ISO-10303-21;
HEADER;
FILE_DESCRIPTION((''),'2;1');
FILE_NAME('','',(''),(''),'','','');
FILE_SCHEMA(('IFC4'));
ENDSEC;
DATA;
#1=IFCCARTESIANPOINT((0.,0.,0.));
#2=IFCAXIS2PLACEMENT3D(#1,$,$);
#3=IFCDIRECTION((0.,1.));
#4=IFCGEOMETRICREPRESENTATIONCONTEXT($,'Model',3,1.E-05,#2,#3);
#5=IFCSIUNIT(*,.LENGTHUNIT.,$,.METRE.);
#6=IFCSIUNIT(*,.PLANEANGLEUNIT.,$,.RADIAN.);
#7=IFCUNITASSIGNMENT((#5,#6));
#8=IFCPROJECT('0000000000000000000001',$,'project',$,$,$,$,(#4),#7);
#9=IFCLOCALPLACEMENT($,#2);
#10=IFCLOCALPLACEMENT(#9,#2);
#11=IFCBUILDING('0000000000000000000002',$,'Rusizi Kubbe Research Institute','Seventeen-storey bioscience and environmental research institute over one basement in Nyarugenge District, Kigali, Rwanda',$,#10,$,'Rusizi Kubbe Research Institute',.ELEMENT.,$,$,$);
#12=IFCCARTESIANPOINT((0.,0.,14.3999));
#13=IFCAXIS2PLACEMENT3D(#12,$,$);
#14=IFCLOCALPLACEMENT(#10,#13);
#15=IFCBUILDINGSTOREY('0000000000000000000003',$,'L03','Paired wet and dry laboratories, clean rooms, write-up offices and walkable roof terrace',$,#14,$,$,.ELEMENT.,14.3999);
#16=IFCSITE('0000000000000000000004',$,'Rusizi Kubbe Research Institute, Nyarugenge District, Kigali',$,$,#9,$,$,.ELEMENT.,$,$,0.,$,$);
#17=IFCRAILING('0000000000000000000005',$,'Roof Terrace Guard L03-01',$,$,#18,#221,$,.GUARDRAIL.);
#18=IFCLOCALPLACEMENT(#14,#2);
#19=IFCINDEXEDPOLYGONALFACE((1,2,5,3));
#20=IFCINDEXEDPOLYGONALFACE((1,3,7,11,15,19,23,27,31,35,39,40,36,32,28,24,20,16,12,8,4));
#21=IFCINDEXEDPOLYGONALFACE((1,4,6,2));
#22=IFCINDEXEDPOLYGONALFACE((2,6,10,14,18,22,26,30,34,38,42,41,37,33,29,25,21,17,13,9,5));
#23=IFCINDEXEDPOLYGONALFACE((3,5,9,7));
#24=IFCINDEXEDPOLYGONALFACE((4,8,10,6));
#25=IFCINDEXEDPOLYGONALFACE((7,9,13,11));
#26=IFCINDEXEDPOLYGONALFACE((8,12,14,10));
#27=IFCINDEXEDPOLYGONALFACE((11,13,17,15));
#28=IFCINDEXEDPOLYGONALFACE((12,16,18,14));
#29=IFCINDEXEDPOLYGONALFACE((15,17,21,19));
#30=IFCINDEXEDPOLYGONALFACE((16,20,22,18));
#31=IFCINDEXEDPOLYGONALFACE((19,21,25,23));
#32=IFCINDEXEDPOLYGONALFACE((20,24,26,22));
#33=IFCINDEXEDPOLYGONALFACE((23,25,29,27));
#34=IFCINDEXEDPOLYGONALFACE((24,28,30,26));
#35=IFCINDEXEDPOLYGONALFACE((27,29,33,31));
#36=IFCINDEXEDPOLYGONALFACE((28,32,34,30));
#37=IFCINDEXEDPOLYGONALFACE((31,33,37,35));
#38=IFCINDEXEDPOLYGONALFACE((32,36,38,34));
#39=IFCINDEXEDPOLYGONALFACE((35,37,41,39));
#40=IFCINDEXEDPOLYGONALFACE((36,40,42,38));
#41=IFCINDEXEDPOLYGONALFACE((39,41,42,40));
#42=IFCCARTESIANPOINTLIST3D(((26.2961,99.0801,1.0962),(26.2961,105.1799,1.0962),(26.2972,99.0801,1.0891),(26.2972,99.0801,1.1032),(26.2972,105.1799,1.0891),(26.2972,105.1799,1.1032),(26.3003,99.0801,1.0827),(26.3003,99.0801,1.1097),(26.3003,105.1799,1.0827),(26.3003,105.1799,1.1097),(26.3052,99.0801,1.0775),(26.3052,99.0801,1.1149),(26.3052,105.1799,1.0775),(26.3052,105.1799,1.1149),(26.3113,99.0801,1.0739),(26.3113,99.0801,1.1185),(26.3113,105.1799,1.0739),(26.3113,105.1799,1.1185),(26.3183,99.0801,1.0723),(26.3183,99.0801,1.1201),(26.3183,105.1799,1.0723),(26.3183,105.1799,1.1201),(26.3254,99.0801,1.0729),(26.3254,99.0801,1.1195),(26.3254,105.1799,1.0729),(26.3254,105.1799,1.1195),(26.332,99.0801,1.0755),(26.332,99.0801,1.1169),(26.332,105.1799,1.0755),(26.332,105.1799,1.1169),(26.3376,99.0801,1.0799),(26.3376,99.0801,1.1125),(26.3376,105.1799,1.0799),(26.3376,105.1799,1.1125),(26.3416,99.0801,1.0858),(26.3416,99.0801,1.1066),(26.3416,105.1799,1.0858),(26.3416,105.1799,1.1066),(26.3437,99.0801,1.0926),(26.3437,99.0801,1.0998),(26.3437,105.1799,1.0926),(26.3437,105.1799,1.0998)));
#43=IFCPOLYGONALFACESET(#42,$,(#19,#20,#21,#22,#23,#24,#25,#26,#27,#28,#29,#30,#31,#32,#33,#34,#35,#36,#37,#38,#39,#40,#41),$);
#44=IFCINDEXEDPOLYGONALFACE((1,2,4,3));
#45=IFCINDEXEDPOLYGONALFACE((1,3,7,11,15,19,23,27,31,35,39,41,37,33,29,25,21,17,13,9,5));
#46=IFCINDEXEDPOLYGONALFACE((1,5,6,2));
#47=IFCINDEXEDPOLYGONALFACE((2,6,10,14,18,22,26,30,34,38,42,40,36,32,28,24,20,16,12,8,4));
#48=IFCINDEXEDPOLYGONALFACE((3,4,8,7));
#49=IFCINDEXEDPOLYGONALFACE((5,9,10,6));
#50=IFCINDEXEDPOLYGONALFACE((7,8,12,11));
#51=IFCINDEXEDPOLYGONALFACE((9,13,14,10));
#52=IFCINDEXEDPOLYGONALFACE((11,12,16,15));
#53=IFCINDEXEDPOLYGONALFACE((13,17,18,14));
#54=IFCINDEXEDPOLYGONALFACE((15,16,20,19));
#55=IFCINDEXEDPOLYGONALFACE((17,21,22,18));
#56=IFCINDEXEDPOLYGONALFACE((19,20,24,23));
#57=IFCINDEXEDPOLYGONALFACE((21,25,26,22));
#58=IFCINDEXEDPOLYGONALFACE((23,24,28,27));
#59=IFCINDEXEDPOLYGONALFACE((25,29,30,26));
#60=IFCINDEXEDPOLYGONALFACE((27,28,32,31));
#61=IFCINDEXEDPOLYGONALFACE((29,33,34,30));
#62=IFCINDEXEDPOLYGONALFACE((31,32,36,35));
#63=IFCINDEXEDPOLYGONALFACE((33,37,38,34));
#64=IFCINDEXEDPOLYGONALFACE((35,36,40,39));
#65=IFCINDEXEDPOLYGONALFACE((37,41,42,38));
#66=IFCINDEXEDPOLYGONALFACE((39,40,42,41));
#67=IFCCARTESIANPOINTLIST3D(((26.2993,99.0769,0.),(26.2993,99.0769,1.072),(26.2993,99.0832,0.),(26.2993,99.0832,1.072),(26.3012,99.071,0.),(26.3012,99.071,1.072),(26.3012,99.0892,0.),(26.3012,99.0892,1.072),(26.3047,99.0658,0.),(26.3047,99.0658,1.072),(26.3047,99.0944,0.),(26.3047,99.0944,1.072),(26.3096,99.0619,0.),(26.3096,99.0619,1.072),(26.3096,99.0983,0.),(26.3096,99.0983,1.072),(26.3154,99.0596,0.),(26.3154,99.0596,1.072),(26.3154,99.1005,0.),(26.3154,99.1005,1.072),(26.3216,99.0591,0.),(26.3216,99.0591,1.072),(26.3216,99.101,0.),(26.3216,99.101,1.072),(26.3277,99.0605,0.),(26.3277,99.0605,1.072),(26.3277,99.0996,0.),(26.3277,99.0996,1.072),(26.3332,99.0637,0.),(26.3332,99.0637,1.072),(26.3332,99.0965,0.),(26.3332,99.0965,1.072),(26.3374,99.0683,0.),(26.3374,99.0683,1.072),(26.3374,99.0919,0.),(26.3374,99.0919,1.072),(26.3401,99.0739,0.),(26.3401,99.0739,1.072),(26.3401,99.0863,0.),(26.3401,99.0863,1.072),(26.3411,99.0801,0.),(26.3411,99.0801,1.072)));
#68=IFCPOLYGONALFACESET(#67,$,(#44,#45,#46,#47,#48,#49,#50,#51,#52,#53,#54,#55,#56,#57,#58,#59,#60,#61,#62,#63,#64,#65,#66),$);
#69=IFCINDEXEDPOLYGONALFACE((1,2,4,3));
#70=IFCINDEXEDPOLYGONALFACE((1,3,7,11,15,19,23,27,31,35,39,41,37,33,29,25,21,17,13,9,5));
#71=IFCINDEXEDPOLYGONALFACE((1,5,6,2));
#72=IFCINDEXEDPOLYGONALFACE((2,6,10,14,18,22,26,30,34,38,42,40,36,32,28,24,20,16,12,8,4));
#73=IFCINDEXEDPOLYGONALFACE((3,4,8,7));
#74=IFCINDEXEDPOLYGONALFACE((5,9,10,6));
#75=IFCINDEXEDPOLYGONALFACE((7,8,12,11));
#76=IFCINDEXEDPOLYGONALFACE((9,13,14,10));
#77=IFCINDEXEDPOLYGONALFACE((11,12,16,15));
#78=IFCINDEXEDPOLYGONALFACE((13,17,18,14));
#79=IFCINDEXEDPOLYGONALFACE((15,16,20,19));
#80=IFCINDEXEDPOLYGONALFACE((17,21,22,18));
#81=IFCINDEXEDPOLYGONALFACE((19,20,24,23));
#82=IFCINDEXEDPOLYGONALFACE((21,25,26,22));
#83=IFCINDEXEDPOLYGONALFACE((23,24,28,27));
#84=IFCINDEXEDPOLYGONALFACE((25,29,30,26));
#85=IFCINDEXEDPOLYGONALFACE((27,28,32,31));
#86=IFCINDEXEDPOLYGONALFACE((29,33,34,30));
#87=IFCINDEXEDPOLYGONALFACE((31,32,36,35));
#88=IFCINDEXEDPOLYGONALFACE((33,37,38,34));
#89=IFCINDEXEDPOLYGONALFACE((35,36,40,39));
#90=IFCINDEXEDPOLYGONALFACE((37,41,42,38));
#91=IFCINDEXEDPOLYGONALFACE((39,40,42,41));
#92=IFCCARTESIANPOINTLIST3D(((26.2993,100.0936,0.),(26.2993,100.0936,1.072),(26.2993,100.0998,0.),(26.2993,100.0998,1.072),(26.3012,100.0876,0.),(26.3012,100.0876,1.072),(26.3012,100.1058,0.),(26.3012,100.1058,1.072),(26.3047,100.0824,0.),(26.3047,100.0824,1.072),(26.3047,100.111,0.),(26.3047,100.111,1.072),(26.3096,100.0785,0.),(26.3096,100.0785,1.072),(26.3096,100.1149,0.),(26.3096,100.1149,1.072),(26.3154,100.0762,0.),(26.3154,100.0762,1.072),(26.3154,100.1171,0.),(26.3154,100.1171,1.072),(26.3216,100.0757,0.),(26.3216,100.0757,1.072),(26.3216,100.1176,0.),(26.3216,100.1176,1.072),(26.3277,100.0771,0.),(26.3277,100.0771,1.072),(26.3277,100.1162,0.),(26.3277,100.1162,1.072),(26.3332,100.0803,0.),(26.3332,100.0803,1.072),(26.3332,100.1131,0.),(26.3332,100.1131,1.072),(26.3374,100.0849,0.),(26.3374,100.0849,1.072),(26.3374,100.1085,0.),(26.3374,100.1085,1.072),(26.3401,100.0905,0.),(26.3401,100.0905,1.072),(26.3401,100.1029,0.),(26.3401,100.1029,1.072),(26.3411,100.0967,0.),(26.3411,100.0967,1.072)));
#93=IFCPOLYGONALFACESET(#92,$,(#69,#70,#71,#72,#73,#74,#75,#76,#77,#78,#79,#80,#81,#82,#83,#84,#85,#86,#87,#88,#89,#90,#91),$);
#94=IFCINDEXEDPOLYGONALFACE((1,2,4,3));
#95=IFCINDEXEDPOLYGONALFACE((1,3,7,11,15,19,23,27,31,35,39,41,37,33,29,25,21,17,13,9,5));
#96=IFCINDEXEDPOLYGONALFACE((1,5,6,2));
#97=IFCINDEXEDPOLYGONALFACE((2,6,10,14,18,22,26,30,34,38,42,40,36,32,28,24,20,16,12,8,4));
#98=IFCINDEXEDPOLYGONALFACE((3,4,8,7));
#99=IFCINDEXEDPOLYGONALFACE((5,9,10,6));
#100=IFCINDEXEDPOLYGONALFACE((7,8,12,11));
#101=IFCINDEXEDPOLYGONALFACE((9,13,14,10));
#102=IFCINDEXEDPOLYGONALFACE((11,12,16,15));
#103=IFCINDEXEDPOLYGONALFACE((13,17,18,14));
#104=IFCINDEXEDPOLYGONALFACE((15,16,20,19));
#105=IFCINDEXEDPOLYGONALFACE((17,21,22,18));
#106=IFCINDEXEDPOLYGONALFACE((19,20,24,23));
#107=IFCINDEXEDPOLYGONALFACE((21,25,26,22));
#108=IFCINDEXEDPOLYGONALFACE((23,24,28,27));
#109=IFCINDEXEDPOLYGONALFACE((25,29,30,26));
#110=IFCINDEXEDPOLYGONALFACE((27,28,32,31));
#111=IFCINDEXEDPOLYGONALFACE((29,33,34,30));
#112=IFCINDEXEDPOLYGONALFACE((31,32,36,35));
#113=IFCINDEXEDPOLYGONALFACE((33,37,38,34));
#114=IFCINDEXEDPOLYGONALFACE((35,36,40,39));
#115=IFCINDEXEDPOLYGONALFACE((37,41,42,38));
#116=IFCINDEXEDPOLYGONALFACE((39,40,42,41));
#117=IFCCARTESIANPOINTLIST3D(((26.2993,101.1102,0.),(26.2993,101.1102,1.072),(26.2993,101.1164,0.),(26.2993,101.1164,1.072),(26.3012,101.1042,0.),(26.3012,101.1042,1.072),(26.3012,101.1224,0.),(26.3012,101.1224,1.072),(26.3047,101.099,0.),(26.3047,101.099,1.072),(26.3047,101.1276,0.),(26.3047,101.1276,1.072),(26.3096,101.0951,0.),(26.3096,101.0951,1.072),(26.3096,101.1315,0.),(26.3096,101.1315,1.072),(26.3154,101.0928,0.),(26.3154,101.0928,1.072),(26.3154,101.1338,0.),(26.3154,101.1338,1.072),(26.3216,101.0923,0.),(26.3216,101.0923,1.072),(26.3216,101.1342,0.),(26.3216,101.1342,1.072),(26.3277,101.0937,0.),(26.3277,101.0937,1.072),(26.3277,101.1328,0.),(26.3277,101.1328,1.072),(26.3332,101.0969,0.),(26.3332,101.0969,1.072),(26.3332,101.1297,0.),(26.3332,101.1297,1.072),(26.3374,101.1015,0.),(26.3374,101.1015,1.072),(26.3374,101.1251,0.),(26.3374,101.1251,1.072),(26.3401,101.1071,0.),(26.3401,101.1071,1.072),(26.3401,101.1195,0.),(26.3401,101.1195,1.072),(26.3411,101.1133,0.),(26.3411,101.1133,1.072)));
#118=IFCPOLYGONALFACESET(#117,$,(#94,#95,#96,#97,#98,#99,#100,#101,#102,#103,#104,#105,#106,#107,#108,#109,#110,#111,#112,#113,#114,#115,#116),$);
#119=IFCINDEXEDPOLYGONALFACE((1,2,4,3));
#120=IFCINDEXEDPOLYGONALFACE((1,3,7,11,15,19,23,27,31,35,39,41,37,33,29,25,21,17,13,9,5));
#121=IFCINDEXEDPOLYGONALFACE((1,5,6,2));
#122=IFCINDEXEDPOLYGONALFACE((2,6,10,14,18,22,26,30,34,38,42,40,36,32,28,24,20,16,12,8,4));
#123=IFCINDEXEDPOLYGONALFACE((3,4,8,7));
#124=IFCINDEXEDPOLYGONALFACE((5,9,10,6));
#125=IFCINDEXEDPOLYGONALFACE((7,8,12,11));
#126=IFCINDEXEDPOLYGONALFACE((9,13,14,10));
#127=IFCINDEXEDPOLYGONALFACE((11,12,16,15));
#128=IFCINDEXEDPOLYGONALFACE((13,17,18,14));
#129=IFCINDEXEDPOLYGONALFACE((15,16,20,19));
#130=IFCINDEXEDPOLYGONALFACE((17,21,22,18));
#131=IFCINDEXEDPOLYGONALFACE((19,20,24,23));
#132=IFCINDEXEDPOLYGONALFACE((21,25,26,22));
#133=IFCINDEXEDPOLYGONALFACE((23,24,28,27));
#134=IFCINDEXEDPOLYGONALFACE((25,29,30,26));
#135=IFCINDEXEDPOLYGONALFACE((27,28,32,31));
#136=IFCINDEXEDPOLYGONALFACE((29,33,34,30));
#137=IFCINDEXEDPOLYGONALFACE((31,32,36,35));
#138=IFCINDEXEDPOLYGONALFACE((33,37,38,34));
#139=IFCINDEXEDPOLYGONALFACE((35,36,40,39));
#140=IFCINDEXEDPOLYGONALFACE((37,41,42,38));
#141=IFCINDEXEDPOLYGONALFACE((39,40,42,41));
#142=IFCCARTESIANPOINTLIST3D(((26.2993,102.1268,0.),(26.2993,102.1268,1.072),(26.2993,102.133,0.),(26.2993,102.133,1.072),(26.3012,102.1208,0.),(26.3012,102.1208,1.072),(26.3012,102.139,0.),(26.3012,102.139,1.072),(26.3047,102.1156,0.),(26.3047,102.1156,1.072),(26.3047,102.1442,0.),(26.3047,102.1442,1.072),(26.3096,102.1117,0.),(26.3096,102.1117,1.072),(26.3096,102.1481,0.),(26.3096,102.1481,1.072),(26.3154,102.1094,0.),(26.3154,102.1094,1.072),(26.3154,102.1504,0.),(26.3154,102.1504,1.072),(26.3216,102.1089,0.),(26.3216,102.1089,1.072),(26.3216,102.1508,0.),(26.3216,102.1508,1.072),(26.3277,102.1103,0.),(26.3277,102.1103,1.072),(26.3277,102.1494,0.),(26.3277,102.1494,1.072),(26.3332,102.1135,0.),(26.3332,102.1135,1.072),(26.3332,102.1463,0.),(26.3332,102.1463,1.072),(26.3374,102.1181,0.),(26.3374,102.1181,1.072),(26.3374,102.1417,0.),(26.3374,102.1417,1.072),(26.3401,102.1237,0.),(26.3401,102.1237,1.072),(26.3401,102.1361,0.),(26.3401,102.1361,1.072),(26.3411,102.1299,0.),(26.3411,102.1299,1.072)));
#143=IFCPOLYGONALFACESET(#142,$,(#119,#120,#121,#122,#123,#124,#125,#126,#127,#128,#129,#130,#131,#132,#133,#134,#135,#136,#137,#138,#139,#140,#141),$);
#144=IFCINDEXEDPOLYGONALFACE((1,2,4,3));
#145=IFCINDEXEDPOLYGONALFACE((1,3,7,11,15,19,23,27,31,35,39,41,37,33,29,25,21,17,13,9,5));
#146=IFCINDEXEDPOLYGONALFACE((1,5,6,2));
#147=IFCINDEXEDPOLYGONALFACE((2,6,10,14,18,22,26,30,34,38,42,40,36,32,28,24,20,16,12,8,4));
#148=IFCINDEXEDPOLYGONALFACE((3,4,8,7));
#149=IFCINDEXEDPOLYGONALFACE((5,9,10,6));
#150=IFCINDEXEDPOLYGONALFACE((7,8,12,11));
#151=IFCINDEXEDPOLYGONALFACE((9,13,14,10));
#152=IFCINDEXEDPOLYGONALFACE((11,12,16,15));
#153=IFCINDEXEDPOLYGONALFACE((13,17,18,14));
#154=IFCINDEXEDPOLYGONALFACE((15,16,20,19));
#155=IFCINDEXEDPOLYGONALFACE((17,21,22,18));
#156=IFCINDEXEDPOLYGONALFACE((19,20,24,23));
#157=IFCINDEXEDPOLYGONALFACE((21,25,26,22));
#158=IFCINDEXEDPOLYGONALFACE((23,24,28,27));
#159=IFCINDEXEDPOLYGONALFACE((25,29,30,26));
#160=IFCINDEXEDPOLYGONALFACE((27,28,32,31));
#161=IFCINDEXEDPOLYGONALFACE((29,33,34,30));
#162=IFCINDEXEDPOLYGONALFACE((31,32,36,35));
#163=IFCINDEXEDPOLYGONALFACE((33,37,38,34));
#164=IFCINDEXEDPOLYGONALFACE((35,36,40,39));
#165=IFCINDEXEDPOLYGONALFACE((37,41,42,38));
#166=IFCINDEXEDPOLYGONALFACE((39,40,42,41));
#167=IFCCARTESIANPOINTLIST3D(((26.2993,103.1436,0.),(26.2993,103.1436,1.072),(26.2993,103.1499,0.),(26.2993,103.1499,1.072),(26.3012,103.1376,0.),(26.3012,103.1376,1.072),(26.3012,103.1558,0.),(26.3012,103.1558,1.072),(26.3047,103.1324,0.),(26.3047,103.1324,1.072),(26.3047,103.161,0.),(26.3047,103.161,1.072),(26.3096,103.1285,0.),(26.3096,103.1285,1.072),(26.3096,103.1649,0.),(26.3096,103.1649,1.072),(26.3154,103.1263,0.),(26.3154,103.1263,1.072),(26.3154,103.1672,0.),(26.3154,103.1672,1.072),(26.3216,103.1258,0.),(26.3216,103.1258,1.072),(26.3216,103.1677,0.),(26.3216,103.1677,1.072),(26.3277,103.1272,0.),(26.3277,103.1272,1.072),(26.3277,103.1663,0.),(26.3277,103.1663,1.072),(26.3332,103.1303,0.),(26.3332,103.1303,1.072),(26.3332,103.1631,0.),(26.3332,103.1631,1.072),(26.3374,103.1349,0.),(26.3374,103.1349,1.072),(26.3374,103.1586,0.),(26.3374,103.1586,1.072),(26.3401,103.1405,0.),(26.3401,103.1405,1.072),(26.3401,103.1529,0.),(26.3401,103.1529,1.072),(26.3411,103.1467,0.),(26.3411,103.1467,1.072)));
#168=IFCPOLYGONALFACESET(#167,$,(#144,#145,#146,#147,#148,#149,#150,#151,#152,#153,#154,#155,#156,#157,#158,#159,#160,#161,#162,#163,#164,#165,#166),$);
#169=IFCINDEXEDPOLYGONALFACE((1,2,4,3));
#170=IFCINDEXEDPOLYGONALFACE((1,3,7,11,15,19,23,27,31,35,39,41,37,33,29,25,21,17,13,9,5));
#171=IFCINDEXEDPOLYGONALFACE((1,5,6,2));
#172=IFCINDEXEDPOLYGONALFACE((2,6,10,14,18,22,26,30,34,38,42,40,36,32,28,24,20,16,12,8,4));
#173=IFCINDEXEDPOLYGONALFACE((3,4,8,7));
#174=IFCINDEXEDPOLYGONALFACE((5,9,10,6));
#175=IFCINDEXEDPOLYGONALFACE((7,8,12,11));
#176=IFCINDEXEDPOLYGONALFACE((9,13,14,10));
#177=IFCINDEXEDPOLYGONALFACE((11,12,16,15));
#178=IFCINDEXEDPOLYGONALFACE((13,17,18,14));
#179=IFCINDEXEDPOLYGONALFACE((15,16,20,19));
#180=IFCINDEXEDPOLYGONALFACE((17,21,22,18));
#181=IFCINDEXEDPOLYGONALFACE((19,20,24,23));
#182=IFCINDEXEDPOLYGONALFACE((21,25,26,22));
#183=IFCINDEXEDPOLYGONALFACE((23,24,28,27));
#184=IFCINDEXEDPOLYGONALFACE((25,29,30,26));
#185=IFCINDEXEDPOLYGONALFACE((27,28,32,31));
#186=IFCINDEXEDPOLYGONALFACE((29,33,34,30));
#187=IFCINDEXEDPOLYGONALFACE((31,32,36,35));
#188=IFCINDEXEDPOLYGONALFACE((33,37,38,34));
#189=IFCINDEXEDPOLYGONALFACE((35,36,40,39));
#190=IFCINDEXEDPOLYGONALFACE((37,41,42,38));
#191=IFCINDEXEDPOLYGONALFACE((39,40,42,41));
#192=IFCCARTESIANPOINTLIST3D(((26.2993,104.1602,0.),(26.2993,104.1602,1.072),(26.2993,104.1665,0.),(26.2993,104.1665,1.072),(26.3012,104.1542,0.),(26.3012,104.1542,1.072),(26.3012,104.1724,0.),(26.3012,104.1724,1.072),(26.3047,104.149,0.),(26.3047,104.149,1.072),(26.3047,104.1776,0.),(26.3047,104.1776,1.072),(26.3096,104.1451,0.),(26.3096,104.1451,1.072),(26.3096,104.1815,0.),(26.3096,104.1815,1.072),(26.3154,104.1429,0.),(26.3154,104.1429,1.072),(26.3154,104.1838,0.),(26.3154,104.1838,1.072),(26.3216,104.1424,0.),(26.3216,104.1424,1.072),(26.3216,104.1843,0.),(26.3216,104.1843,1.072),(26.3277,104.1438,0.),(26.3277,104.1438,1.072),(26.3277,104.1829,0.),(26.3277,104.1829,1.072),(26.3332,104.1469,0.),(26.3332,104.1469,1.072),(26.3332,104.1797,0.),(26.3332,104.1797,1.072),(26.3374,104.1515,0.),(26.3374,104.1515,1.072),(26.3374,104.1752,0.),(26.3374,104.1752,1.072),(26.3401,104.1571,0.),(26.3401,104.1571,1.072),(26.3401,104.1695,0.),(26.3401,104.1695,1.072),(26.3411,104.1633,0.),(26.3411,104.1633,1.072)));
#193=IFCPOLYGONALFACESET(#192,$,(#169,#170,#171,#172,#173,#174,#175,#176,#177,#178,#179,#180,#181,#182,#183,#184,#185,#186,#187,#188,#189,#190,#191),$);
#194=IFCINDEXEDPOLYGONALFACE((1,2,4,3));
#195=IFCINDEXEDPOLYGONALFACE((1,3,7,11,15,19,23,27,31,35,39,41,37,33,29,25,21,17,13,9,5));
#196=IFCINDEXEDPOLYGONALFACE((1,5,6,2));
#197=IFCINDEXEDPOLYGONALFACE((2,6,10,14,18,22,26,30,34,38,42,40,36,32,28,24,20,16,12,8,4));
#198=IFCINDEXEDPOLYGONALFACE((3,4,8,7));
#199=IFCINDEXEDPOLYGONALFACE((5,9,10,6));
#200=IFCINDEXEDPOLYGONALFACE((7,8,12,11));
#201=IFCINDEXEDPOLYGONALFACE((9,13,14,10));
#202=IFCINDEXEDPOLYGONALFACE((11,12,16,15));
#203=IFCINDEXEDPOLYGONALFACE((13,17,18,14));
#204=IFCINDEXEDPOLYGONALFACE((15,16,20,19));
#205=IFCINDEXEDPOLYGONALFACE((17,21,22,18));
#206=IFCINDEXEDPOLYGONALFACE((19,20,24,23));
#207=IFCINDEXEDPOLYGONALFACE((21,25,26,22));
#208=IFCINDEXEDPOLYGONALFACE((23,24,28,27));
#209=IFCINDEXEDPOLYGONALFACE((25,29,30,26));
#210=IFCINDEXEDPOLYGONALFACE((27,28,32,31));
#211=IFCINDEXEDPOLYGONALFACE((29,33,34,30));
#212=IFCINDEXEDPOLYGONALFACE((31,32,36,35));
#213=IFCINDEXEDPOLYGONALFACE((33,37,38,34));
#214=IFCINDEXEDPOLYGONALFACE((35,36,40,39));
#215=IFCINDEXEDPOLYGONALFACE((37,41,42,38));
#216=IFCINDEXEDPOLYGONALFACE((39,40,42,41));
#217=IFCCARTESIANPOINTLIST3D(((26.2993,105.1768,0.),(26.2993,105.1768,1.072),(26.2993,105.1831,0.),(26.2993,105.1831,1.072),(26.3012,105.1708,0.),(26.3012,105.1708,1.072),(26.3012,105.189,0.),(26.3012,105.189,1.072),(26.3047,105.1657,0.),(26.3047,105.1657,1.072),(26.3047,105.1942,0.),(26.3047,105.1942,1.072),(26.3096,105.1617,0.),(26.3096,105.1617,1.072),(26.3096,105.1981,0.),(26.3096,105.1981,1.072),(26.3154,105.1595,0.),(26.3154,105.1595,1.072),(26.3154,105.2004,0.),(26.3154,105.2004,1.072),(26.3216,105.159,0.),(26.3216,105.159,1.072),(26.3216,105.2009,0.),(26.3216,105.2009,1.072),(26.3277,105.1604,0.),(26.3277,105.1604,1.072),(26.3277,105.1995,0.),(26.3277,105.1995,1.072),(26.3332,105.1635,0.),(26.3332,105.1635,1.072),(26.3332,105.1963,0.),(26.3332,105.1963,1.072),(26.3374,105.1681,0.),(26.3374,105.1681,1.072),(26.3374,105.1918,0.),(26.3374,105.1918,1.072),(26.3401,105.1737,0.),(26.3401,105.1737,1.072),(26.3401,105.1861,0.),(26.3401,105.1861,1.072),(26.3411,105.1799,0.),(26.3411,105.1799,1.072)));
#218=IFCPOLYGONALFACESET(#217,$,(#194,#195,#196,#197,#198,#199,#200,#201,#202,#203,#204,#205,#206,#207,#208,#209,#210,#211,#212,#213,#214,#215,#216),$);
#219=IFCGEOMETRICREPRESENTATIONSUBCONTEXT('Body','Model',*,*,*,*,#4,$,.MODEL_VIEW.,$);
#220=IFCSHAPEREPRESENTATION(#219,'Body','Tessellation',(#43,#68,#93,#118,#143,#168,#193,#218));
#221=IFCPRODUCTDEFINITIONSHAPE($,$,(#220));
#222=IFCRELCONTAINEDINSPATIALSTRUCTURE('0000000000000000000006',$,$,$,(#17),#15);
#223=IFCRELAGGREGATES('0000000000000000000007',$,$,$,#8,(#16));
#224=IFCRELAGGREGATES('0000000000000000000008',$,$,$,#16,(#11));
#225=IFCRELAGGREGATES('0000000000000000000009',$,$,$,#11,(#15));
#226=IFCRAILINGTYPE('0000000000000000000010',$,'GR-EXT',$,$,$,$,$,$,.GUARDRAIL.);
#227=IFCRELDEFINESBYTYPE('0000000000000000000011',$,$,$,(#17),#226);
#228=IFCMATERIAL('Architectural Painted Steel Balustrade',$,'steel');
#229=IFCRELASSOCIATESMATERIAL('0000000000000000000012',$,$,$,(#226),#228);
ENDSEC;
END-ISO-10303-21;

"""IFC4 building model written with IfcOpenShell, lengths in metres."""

from ifc_helpers import new_model, si_unit, direction, frame, origin, origin_2d, place, context, subcontext, project, spatial, circle, extrude, material, type_object, element, save


model = new_model("IFC4")

# Units and contexts
model_context = context("Model", 3, precision=1e-05, world=origin(), true_north=direction((0.0, 1.0)))
body_context = subcontext(model_context, "Body", "Model", "MODEL_VIEW")
ifc_project = project(units=[si_unit("LENGTHUNIT", "METRE"), si_unit("PLANEANGLEUNIT", "RADIAN")], contexts=[model_context])

# Site, building, storey
site_placement = place(None, origin())
site = spatial("IfcSite", under=ifc_project, at=site_placement, Name="Rusizi Kubbe Research Institute, Nyarugenge District, Kigali", CompositionType="ELEMENT", RefElevation=0.0)
building_placement = place(site_placement, origin())
building = spatial("IfcBuilding", under=site, at=building_placement, Name="Rusizi Kubbe Research Institute", Description="Seventeen-storey bioscience and environmental research institute over one basement in Nyarugenge District, Kigali, Rwanda", LongName="Rusizi Kubbe Research Institute", CompositionType="ELEMENT")
storey_placement = place(building_placement, frame((0.0, 0.0, 14.3999)))
storey = spatial("IfcBuildingStorey", under=building, at=storey_placement, Name="L03", Description="Paired wet and dry laboratories, clean rooms, write-up offices and walkable roof terrace", CompositionType="ELEMENT", Elevation=14.3999)

# Railing
ifc_material_1 = material(Name="Architectural Painted Steel Balustrade", Category="steel")
railing_type = type_object("IfcRailingType", Name="GR-EXT", PredefinedType="GUARDRAIL", material=ifc_material_1)
railing_placement = place(storey_placement, frame((26.3201, 99.0801, 0.0)))
element("IfcRailing", 1, at=railing_placement, inside=storey, type_object=railing_type, Name="Roof Terrace Guard L03-01", PredefinedType="GUARDRAIL", context=body_context, shape_type="SweptSolid", body=[
    extrude(circle(Radius=0.0239, at=origin_2d()), frame((0.0, 0.0, 1.0962), z_axis=(0.0, 1.0, 0.0), x_axis=(-1.0, 0.0, 0.0)), (0.0, 0.0, 1.0), 6.0999),
    extrude(circle(Radius=0.021, at=origin_2d()), origin(), (0.0, 0.0, 1.0), 1.072),
    extrude(circle(Radius=0.021, at=origin_2d()), frame((0.0, 1.0166, 0.0)), (0.0, 0.0, 1.0), 1.072),
    extrude(circle(Radius=0.021, at=origin_2d()), frame((0.0, 2.0332, 0.0)), (0.0, 0.0, 1.0), 1.072),
    extrude(circle(Radius=0.021, at=origin_2d()), frame((0.0, 3.0498, 0.0)), (0.0, 0.0, 1.0), 1.072),
    extrude(circle(Radius=0.021, at=origin_2d()), frame((0.0, 4.0667, 0.0)), (0.0, 0.0, 1.0), 1.072),
    extrude(circle(Radius=0.021, at=origin_2d()), frame((0.0, 5.0833, 0.0)), (0.0, 0.0, 1.0), 1.072),
    extrude(circle(Radius=0.021, at=origin_2d()), frame((0.0, 6.0999, 0.0)), (0.0, 0.0, 1.0), 1.072),
])

save(model, "model.ifc")
